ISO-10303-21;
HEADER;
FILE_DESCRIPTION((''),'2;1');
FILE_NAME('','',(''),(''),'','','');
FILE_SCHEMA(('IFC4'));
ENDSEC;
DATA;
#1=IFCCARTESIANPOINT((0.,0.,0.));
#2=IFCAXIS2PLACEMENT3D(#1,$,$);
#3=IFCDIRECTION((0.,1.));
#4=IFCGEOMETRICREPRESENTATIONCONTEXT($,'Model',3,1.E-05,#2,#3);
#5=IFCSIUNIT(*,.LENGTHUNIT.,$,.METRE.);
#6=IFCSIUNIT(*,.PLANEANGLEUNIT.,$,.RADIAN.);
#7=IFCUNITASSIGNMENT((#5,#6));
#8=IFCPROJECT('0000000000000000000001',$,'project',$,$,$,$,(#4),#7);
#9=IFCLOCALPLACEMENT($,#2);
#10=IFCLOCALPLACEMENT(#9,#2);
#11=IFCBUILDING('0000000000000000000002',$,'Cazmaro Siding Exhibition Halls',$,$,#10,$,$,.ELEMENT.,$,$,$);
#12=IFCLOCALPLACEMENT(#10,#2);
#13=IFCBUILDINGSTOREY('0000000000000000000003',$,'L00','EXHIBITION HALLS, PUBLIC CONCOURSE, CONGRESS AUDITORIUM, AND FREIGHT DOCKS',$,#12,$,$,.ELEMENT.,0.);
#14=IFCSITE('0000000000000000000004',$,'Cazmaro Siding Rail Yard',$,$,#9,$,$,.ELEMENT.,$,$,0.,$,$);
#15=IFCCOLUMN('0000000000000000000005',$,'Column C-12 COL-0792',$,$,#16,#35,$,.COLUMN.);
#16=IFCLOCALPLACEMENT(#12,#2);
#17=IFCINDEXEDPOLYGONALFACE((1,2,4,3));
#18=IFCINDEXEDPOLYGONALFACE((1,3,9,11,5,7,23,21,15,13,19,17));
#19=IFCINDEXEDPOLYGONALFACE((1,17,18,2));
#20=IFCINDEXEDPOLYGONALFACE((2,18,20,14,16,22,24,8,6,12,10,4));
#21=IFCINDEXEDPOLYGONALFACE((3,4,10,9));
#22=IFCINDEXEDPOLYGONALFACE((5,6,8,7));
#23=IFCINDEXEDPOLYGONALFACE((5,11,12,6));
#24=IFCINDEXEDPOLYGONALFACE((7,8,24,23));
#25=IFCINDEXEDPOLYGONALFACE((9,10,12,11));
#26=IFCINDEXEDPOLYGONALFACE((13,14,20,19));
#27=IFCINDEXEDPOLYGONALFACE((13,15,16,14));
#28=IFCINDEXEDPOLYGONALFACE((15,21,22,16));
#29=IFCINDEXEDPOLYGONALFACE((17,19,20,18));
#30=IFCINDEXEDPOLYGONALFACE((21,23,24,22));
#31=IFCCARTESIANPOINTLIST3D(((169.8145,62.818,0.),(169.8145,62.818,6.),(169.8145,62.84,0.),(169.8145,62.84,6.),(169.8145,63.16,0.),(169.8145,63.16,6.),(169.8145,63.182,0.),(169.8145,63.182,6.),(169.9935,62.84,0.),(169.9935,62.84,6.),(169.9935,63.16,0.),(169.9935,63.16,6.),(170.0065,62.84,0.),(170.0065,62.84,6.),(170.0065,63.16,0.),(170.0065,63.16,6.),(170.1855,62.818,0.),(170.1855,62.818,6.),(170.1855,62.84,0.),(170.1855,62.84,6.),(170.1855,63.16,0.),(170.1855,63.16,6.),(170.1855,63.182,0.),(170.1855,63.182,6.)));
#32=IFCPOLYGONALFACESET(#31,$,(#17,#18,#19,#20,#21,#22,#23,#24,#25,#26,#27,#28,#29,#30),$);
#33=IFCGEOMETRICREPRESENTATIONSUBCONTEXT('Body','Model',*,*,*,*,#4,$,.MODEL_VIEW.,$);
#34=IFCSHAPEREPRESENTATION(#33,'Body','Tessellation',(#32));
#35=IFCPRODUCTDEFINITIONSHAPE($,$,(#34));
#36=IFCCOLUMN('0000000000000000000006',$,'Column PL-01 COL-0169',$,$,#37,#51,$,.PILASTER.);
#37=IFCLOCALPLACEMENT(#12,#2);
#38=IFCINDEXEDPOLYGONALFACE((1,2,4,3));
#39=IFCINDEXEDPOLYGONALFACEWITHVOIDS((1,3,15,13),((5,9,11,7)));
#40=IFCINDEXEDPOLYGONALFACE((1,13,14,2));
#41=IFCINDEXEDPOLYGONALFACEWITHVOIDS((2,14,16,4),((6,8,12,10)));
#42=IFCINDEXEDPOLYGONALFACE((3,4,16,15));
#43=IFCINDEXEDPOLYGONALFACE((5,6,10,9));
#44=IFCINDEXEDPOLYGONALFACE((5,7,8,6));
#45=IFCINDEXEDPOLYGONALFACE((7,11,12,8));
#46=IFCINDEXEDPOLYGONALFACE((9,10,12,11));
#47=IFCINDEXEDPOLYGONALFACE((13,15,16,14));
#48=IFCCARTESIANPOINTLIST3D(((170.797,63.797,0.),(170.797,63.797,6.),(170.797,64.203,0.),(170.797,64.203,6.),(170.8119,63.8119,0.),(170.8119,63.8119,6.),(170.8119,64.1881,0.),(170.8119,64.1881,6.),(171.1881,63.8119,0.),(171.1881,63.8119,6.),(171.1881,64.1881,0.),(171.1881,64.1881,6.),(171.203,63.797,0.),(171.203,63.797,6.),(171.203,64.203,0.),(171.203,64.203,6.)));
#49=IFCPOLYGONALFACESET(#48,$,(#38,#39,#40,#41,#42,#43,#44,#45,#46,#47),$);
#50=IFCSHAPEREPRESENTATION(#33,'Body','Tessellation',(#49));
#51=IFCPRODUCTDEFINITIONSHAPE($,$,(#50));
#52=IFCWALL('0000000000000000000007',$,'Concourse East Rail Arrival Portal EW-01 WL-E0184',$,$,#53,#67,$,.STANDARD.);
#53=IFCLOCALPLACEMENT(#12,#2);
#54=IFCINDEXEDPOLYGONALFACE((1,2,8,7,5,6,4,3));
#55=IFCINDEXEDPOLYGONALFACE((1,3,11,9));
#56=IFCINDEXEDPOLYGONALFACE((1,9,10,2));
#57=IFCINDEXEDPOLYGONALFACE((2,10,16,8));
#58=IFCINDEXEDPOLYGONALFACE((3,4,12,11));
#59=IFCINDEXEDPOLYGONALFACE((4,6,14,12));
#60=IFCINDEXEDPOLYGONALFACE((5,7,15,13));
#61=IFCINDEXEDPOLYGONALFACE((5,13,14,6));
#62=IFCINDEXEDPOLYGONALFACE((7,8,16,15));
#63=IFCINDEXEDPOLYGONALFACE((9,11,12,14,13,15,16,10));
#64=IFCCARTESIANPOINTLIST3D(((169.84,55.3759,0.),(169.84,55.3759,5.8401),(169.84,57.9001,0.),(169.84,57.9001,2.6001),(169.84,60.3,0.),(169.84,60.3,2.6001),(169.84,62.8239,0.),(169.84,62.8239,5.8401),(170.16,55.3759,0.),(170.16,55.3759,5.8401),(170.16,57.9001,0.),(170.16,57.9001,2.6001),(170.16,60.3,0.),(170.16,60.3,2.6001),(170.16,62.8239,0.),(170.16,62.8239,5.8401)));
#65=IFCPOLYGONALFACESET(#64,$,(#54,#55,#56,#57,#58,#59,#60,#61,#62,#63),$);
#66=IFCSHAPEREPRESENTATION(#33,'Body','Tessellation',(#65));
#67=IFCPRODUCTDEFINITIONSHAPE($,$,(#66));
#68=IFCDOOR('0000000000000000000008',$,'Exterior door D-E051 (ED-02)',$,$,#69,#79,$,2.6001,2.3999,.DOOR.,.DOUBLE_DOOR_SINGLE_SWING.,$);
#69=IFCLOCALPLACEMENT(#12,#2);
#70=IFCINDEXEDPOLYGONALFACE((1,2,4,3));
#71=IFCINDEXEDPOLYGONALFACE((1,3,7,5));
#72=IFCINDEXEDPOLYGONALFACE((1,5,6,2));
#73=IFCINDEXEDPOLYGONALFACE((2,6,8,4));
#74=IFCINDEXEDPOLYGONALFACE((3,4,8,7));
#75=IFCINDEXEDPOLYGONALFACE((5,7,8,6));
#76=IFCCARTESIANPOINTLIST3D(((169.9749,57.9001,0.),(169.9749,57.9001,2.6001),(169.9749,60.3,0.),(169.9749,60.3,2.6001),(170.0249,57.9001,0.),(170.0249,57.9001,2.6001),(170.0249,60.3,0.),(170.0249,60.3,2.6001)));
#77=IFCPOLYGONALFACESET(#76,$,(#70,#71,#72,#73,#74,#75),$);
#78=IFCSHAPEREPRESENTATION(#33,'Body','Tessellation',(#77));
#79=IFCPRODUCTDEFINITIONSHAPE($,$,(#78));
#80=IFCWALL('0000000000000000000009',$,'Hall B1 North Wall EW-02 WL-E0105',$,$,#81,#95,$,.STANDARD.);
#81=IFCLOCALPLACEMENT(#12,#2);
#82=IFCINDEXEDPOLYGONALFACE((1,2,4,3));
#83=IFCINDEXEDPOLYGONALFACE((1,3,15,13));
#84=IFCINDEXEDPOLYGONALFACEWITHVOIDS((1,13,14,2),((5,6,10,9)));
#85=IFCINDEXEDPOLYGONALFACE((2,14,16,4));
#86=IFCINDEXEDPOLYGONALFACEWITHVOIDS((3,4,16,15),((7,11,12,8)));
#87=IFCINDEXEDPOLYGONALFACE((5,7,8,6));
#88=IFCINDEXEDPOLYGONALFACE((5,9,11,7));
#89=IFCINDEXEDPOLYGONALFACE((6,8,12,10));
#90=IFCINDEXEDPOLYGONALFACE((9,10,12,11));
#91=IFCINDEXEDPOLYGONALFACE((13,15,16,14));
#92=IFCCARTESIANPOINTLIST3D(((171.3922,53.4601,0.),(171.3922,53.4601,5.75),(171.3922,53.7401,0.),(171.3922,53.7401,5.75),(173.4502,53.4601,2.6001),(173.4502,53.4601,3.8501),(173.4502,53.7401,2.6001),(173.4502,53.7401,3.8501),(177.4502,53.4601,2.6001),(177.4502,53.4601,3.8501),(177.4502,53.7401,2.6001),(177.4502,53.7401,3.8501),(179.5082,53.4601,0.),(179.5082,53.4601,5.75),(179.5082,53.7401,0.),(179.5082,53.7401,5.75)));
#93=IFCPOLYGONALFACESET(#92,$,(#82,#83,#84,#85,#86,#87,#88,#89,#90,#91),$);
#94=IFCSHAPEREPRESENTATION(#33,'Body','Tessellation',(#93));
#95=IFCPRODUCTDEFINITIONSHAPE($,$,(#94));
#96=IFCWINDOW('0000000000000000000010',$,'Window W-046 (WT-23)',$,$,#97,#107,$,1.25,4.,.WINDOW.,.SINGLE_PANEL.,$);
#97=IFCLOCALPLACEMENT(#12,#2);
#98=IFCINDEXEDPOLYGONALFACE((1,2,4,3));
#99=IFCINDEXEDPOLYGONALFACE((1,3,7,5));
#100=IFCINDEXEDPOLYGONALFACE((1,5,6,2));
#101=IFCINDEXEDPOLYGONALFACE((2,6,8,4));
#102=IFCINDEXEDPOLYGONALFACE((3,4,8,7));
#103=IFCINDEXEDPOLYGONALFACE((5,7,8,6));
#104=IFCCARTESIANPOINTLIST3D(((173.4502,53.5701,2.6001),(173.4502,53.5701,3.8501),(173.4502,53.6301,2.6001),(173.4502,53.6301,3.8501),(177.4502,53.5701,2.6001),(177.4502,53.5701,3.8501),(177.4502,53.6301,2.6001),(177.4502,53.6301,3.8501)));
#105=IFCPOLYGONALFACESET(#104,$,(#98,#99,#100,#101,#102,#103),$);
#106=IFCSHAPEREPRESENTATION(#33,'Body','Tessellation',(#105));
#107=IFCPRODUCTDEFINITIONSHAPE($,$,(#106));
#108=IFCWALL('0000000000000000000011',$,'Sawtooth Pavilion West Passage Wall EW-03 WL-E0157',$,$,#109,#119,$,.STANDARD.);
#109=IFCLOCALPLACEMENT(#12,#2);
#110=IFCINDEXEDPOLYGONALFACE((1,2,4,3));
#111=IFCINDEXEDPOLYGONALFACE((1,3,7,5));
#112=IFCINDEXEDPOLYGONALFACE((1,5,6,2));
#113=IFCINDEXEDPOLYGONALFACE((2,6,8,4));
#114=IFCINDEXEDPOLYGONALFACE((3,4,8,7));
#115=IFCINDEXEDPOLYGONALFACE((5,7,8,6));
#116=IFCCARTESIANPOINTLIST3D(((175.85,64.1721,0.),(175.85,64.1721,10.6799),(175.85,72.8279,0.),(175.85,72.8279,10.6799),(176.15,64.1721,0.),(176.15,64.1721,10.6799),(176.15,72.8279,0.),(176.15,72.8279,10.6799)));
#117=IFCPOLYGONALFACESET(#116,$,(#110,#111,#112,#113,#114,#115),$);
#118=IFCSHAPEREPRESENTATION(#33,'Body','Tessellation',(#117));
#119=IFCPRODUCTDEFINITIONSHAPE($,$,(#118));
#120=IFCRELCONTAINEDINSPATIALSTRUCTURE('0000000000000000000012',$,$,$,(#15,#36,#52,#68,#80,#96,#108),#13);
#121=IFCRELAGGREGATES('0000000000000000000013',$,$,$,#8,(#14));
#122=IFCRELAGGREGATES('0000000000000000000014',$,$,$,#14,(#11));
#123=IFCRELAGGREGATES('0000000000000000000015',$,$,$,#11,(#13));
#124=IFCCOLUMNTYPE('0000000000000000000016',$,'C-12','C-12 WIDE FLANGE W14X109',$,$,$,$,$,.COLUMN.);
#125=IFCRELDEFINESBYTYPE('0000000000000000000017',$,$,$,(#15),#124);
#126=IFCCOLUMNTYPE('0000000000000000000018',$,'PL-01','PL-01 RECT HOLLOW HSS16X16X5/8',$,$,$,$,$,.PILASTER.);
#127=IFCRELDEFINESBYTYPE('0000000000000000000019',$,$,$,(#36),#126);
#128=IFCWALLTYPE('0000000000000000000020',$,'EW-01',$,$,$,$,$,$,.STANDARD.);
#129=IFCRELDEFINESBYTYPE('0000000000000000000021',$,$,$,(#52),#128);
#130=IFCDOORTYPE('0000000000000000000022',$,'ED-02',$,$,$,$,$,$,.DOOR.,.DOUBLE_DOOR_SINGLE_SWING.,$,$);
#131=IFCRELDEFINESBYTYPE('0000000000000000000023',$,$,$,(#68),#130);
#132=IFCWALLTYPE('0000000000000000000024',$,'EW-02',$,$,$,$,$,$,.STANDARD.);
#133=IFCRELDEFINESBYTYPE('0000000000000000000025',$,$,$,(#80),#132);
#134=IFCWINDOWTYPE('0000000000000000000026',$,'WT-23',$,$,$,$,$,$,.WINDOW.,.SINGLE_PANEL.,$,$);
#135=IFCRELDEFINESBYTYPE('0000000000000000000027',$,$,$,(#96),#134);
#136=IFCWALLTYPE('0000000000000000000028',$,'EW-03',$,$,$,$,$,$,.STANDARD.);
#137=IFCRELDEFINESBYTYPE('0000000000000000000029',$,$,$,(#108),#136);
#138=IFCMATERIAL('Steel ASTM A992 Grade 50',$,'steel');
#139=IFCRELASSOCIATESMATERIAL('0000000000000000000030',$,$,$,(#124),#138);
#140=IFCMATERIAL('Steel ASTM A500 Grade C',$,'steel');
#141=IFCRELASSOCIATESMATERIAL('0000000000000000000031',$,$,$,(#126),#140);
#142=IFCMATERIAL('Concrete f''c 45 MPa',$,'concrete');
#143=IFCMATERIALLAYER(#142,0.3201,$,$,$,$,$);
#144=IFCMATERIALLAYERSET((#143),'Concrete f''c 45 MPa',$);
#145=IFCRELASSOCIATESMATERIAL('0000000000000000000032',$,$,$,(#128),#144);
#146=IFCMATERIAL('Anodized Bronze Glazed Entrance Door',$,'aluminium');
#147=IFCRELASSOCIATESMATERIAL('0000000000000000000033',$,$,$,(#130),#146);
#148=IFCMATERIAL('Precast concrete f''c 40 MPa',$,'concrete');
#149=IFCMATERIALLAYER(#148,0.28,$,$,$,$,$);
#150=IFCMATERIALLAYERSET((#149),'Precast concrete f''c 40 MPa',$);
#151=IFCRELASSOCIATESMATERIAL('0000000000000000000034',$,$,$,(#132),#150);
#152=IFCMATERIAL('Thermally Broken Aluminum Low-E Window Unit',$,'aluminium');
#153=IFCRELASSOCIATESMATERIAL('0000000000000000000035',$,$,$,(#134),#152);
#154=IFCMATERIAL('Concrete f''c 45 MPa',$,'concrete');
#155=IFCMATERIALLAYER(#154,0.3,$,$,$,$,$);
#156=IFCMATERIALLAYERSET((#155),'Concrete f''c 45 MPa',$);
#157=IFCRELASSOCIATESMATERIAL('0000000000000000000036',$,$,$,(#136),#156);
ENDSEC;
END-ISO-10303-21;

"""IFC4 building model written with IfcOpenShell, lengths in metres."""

from ifc_helpers import new_model, si_unit, direction, frame, frame_2d, origin, origin_2d, place, context, subcontext, project, spatial, rectangle, hollow_rectangle, i_section, extrude, material, layer, layer_set, material_profile, profile_set, type_object, element, fill, save


model = new_model("IFC4")

# Units and contexts
model_context = context("Model", 3, precision=1e-05, world=origin(), true_north=direction((0.0, 1.0)))
body_context = subcontext(model_context, "Body", "Model", "MODEL_VIEW")
ifc_project = project(units=[si_unit("LENGTHUNIT", "METRE"), si_unit("PLANEANGLEUNIT", "RADIAN")], contexts=[model_context])

# Site, building, storey
site_placement = place(None, origin())
site = spatial("IfcSite", under=ifc_project, at=site_placement, Name="Cazmaro Siding Rail Yard", CompositionType="ELEMENT", RefElevation=0.0)
building_placement = place(site_placement, origin())
building = spatial("IfcBuilding", under=site, at=building_placement, Name="Cazmaro Siding Exhibition Halls", CompositionType="ELEMENT")
storey_placement = place(building_placement, origin())
storey = spatial("IfcBuildingStorey", under=building, at=storey_placement, Name="L00", Description="EXHIBITION HALLS, PUBLIC CONCOURSE, CONGRESS AUDITORIUM, AND FREIGHT DOCKS", CompositionType="ELEMENT", Elevation=0.0)

# Columns
ifc_material_1 = material(Name="Steel ASTM A992 Grade 50", Category="steel")
ifc_material_profile_1 = material_profile(ifc_material_1, i_section(OverallWidth=0.3711, OverallDepth=0.364, WebThickness=0.0129, FlangeThickness=0.022, at=origin_2d()), Name="W14X109")
ifc_profile_set_1 = profile_set([ifc_material_profile_1], Name="Steel ASTM A992 Grade 50")
column_type_1 = type_object("IfcColumnType", Name="C-12", Description="C-12 WIDE FLANGE W14X109", PredefinedType="COLUMN", material=ifc_profile_set_1)
for number, where, z_axis, x_axis, name in (
    (1, (170.0, 63.0, 0.0), (0.0, 0.0, 1.0), (1.0, 0.0, 0.0), "Column C-12 COL-0792"),
):
    element("IfcColumn", number, at=place(storey_placement, frame(where, z_axis=z_axis, x_axis=x_axis)), inside=storey, type_object=column_type_1, Name=name, PredefinedType="COLUMN", context=body_context, shape_type="SweptSolid", body=[
        extrude(i_section(OverallWidth=0.3711, OverallDepth=0.364, WebThickness=0.0129, FlangeThickness=0.022, at=origin_2d()), origin(), (0.0, 0.0, 1.0), 6.0),
    ])
ifc_material_2 = material(Name="Steel ASTM A500 Grade C", Category="steel")
ifc_material_profile_2 = material_profile(ifc_material_2, hollow_rectangle(XDim=0.406, YDim=0.406, WallThickness=0.0149, at=origin_2d()), Name="HSS16X16X5/8")
ifc_profile_set_2 = profile_set([ifc_material_profile_2], Name="Steel ASTM A500 Grade C")
column_type_2 = type_object("IfcColumnType", Name="PL-01", Description="PL-01 RECT HOLLOW HSS16X16X5/8", PredefinedType="PILASTER", material=ifc_profile_set_2)
column_1_placement = place(storey_placement, frame((171.0, 64.0, 0.0), z_axis=(0.0, 0.0, 1.0), x_axis=(1.0, 0.0, 0.0)))
element("IfcColumn", 2, at=column_1_placement, inside=storey, type_object=column_type_2, Name="Column PL-01 COL-0169", PredefinedType="PILASTER", context=body_context, shape_type="SweptSolid", body=[
    extrude(hollow_rectangle(XDim=0.406, YDim=0.406, WallThickness=0.0149, at=origin_2d()), origin(), (0.0, 0.0, 1.0), 6.0),
])

# Wall, opening, door
ifc_material_3 = material(Name="Concrete f'c 45 MPa", Category="concrete")
ifc_layer_1 = layer(ifc_material_3, 0.3201)
ifc_layer_set_1 = layer_set([ifc_layer_1], Name="Concrete f'c 45 MPa")
wall_type_1 = type_object("IfcWallType", Name="EW-01", PredefinedType="STANDARD", material=ifc_layer_set_1)
wall_1_placement = place(storey_placement, frame((170.0, 62.824, 0.0), z_axis=(0.0, 0.0, 1.0), x_axis=(0.0, -1.0, 0.0)))
wall_1 = element("IfcWall", 3, at=wall_1_placement, inside=storey, type_object=wall_type_1, Name="Concourse East Rail Arrival Portal EW-01 WL-E0184", PredefinedType="STANDARD", context=body_context, shape_type="SweptSolid", body=[
    extrude(rectangle(XDim=7.448, YDim=0.3201, at=frame_2d((3.7241, 0.0))), origin(), (0.0, 0.0, 1.0), 5.8401),
])
opening_1_placement = place(wall_1_placement, frame((2.5239, 0.0, 0.0)))
opening_1 = element("IfcOpeningElement", 4, at=opening_1_placement, cuts=wall_1, PredefinedType="OPENING", context=body_context, shape_type="SweptSolid", body=[
    extrude(rectangle(XDim=2.3999, YDim=2.6001, at=frame_2d((1.2, 1.3))), frame((0.0, 0.1699, 0.0), z_axis=(0.0, -1.0, 0.0), x_axis=(1.0, 0.0, 0.0)), (0.0, 0.0, 1.0), 0.3401),
])
ifc_material_4 = material(Name="Anodized Bronze Glazed Entrance Door", Category="aluminium")
door_type = type_object("IfcDoorType", Name="ED-02", OperationType="DOUBLE_DOOR_SINGLE_SWING", PredefinedType="DOOR", material=ifc_material_4)
door_placement = place(opening_1_placement, origin())
door = element("IfcDoor", 5, at=door_placement, inside=storey, type_object=door_type, Name="Exterior door D-E051 (ED-02)", OperationType="DOUBLE_DOOR_SINGLE_SWING", OverallHeight=2.6001, OverallWidth=2.3999, PredefinedType="DOOR", context=body_context, shape_type="SweptSolid", body=[
    extrude(rectangle(XDim=2.3999, YDim=2.6001, at=frame_2d((1.2, 1.3))), frame((0.0, 0.0249, 0.0), z_axis=(0.0, -1.0, 0.0), x_axis=(1.0, 0.0, 0.0)), (0.0, 0.0, 1.0), 0.05),
])
fill(opening_1, door)

# Wall, opening, window
ifc_material_5 = material(Name="Precast concrete f'c 40 MPa", Category="concrete")
ifc_layer_2 = layer(ifc_material_5, 0.28)
ifc_layer_set_2 = layer_set([ifc_layer_2], Name="Precast concrete f'c 40 MPa")
wall_type_2 = type_object("IfcWallType", Name="EW-02", PredefinedType="STANDARD", material=ifc_layer_set_2)
wall_2_placement = place(storey_placement, frame((171.3921, 53.6001, 0.0), z_axis=(0.0, 0.0, 1.0), x_axis=(1.0, 0.0, 0.0)))
wall_2 = element("IfcWall", 6, at=wall_2_placement, inside=storey, type_object=wall_type_2, Name="Hall B1 North Wall EW-02 WL-E0105", PredefinedType="STANDARD", context=body_context, shape_type="SweptSolid", body=[
    extrude(rectangle(XDim=8.116, YDim=0.28, at=frame_2d((4.0581, 0.0))), origin(), (0.0, 0.0, 1.0), 5.75),
])
opening_2_placement = place(wall_2_placement, frame((2.0581, 0.0, 2.6001)))
opening_2 = element("IfcOpeningElement", 7, at=opening_2_placement, cuts=wall_2, PredefinedType="OPENING", context=body_context, shape_type="SweptSolid", body=[
    extrude(rectangle(XDim=4.0, YDim=1.25, at=frame_2d((2.0, 0.625))), frame((0.0, 0.1499, 0.0), z_axis=(0.0, -1.0, 0.0), x_axis=(1.0, 0.0, 0.0)), (0.0, 0.0, 1.0), 0.3),
])
ifc_material_6 = material(Name="Thermally Broken Aluminum Low-E Window Unit", Category="aluminium")
window_type = type_object("IfcWindowType", Name="WT-23", PartitioningType="SINGLE_PANEL", PredefinedType="WINDOW", material=ifc_material_6)
window_placement = place(opening_2_placement, origin())
window = element("IfcWindow", 8, at=window_placement, inside=storey, type_object=window_type, Name="Window W-046 (WT-23)", OverallHeight=1.25, OverallWidth=4.0, PartitioningType="SINGLE_PANEL", PredefinedType="WINDOW", context=body_context, shape_type="SweptSolid", body=[
    extrude(rectangle(XDim=4.0, YDim=1.25, at=frame_2d((2.0, 0.625))), frame((0.0, 0.03, 0.0), z_axis=(0.0, -1.0, 0.0), x_axis=(1.0, 0.0, 0.0)), (0.0, 0.0, 1.0), 0.0601),
])
fill(opening_2, window)

# Wall
ifc_material_7 = material(Name="Concrete f'c 45 MPa", Category="concrete")
ifc_layer_3 = layer(ifc_material_7, 0.3)
ifc_layer_set_3 = layer_set([ifc_layer_3], Name="Concrete f'c 45 MPa")
wall_type_3 = type_object("IfcWallType", Name="EW-03", PredefinedType="STANDARD", material=ifc_layer_set_3)
wall_3_placement = place(storey_placement, frame((176.0, 64.1721, 0.0), z_axis=(0.0, 0.0, 1.0), x_axis=(0.0, 1.0, 0.0)))
element("IfcWall", 9, at=wall_3_placement, inside=storey, type_object=wall_type_3, Name="Sawtooth Pavilion West Passage Wall EW-03 WL-E0157", PredefinedType="STANDARD", context=body_context, shape_type="SweptSolid", body=[
    extrude(rectangle(XDim=8.6558, YDim=0.3, at=frame_2d((4.3279, 0.0))), origin(), (0.0, 0.0, 1.0), 10.6799),
])

save(model, "model.ifc")
